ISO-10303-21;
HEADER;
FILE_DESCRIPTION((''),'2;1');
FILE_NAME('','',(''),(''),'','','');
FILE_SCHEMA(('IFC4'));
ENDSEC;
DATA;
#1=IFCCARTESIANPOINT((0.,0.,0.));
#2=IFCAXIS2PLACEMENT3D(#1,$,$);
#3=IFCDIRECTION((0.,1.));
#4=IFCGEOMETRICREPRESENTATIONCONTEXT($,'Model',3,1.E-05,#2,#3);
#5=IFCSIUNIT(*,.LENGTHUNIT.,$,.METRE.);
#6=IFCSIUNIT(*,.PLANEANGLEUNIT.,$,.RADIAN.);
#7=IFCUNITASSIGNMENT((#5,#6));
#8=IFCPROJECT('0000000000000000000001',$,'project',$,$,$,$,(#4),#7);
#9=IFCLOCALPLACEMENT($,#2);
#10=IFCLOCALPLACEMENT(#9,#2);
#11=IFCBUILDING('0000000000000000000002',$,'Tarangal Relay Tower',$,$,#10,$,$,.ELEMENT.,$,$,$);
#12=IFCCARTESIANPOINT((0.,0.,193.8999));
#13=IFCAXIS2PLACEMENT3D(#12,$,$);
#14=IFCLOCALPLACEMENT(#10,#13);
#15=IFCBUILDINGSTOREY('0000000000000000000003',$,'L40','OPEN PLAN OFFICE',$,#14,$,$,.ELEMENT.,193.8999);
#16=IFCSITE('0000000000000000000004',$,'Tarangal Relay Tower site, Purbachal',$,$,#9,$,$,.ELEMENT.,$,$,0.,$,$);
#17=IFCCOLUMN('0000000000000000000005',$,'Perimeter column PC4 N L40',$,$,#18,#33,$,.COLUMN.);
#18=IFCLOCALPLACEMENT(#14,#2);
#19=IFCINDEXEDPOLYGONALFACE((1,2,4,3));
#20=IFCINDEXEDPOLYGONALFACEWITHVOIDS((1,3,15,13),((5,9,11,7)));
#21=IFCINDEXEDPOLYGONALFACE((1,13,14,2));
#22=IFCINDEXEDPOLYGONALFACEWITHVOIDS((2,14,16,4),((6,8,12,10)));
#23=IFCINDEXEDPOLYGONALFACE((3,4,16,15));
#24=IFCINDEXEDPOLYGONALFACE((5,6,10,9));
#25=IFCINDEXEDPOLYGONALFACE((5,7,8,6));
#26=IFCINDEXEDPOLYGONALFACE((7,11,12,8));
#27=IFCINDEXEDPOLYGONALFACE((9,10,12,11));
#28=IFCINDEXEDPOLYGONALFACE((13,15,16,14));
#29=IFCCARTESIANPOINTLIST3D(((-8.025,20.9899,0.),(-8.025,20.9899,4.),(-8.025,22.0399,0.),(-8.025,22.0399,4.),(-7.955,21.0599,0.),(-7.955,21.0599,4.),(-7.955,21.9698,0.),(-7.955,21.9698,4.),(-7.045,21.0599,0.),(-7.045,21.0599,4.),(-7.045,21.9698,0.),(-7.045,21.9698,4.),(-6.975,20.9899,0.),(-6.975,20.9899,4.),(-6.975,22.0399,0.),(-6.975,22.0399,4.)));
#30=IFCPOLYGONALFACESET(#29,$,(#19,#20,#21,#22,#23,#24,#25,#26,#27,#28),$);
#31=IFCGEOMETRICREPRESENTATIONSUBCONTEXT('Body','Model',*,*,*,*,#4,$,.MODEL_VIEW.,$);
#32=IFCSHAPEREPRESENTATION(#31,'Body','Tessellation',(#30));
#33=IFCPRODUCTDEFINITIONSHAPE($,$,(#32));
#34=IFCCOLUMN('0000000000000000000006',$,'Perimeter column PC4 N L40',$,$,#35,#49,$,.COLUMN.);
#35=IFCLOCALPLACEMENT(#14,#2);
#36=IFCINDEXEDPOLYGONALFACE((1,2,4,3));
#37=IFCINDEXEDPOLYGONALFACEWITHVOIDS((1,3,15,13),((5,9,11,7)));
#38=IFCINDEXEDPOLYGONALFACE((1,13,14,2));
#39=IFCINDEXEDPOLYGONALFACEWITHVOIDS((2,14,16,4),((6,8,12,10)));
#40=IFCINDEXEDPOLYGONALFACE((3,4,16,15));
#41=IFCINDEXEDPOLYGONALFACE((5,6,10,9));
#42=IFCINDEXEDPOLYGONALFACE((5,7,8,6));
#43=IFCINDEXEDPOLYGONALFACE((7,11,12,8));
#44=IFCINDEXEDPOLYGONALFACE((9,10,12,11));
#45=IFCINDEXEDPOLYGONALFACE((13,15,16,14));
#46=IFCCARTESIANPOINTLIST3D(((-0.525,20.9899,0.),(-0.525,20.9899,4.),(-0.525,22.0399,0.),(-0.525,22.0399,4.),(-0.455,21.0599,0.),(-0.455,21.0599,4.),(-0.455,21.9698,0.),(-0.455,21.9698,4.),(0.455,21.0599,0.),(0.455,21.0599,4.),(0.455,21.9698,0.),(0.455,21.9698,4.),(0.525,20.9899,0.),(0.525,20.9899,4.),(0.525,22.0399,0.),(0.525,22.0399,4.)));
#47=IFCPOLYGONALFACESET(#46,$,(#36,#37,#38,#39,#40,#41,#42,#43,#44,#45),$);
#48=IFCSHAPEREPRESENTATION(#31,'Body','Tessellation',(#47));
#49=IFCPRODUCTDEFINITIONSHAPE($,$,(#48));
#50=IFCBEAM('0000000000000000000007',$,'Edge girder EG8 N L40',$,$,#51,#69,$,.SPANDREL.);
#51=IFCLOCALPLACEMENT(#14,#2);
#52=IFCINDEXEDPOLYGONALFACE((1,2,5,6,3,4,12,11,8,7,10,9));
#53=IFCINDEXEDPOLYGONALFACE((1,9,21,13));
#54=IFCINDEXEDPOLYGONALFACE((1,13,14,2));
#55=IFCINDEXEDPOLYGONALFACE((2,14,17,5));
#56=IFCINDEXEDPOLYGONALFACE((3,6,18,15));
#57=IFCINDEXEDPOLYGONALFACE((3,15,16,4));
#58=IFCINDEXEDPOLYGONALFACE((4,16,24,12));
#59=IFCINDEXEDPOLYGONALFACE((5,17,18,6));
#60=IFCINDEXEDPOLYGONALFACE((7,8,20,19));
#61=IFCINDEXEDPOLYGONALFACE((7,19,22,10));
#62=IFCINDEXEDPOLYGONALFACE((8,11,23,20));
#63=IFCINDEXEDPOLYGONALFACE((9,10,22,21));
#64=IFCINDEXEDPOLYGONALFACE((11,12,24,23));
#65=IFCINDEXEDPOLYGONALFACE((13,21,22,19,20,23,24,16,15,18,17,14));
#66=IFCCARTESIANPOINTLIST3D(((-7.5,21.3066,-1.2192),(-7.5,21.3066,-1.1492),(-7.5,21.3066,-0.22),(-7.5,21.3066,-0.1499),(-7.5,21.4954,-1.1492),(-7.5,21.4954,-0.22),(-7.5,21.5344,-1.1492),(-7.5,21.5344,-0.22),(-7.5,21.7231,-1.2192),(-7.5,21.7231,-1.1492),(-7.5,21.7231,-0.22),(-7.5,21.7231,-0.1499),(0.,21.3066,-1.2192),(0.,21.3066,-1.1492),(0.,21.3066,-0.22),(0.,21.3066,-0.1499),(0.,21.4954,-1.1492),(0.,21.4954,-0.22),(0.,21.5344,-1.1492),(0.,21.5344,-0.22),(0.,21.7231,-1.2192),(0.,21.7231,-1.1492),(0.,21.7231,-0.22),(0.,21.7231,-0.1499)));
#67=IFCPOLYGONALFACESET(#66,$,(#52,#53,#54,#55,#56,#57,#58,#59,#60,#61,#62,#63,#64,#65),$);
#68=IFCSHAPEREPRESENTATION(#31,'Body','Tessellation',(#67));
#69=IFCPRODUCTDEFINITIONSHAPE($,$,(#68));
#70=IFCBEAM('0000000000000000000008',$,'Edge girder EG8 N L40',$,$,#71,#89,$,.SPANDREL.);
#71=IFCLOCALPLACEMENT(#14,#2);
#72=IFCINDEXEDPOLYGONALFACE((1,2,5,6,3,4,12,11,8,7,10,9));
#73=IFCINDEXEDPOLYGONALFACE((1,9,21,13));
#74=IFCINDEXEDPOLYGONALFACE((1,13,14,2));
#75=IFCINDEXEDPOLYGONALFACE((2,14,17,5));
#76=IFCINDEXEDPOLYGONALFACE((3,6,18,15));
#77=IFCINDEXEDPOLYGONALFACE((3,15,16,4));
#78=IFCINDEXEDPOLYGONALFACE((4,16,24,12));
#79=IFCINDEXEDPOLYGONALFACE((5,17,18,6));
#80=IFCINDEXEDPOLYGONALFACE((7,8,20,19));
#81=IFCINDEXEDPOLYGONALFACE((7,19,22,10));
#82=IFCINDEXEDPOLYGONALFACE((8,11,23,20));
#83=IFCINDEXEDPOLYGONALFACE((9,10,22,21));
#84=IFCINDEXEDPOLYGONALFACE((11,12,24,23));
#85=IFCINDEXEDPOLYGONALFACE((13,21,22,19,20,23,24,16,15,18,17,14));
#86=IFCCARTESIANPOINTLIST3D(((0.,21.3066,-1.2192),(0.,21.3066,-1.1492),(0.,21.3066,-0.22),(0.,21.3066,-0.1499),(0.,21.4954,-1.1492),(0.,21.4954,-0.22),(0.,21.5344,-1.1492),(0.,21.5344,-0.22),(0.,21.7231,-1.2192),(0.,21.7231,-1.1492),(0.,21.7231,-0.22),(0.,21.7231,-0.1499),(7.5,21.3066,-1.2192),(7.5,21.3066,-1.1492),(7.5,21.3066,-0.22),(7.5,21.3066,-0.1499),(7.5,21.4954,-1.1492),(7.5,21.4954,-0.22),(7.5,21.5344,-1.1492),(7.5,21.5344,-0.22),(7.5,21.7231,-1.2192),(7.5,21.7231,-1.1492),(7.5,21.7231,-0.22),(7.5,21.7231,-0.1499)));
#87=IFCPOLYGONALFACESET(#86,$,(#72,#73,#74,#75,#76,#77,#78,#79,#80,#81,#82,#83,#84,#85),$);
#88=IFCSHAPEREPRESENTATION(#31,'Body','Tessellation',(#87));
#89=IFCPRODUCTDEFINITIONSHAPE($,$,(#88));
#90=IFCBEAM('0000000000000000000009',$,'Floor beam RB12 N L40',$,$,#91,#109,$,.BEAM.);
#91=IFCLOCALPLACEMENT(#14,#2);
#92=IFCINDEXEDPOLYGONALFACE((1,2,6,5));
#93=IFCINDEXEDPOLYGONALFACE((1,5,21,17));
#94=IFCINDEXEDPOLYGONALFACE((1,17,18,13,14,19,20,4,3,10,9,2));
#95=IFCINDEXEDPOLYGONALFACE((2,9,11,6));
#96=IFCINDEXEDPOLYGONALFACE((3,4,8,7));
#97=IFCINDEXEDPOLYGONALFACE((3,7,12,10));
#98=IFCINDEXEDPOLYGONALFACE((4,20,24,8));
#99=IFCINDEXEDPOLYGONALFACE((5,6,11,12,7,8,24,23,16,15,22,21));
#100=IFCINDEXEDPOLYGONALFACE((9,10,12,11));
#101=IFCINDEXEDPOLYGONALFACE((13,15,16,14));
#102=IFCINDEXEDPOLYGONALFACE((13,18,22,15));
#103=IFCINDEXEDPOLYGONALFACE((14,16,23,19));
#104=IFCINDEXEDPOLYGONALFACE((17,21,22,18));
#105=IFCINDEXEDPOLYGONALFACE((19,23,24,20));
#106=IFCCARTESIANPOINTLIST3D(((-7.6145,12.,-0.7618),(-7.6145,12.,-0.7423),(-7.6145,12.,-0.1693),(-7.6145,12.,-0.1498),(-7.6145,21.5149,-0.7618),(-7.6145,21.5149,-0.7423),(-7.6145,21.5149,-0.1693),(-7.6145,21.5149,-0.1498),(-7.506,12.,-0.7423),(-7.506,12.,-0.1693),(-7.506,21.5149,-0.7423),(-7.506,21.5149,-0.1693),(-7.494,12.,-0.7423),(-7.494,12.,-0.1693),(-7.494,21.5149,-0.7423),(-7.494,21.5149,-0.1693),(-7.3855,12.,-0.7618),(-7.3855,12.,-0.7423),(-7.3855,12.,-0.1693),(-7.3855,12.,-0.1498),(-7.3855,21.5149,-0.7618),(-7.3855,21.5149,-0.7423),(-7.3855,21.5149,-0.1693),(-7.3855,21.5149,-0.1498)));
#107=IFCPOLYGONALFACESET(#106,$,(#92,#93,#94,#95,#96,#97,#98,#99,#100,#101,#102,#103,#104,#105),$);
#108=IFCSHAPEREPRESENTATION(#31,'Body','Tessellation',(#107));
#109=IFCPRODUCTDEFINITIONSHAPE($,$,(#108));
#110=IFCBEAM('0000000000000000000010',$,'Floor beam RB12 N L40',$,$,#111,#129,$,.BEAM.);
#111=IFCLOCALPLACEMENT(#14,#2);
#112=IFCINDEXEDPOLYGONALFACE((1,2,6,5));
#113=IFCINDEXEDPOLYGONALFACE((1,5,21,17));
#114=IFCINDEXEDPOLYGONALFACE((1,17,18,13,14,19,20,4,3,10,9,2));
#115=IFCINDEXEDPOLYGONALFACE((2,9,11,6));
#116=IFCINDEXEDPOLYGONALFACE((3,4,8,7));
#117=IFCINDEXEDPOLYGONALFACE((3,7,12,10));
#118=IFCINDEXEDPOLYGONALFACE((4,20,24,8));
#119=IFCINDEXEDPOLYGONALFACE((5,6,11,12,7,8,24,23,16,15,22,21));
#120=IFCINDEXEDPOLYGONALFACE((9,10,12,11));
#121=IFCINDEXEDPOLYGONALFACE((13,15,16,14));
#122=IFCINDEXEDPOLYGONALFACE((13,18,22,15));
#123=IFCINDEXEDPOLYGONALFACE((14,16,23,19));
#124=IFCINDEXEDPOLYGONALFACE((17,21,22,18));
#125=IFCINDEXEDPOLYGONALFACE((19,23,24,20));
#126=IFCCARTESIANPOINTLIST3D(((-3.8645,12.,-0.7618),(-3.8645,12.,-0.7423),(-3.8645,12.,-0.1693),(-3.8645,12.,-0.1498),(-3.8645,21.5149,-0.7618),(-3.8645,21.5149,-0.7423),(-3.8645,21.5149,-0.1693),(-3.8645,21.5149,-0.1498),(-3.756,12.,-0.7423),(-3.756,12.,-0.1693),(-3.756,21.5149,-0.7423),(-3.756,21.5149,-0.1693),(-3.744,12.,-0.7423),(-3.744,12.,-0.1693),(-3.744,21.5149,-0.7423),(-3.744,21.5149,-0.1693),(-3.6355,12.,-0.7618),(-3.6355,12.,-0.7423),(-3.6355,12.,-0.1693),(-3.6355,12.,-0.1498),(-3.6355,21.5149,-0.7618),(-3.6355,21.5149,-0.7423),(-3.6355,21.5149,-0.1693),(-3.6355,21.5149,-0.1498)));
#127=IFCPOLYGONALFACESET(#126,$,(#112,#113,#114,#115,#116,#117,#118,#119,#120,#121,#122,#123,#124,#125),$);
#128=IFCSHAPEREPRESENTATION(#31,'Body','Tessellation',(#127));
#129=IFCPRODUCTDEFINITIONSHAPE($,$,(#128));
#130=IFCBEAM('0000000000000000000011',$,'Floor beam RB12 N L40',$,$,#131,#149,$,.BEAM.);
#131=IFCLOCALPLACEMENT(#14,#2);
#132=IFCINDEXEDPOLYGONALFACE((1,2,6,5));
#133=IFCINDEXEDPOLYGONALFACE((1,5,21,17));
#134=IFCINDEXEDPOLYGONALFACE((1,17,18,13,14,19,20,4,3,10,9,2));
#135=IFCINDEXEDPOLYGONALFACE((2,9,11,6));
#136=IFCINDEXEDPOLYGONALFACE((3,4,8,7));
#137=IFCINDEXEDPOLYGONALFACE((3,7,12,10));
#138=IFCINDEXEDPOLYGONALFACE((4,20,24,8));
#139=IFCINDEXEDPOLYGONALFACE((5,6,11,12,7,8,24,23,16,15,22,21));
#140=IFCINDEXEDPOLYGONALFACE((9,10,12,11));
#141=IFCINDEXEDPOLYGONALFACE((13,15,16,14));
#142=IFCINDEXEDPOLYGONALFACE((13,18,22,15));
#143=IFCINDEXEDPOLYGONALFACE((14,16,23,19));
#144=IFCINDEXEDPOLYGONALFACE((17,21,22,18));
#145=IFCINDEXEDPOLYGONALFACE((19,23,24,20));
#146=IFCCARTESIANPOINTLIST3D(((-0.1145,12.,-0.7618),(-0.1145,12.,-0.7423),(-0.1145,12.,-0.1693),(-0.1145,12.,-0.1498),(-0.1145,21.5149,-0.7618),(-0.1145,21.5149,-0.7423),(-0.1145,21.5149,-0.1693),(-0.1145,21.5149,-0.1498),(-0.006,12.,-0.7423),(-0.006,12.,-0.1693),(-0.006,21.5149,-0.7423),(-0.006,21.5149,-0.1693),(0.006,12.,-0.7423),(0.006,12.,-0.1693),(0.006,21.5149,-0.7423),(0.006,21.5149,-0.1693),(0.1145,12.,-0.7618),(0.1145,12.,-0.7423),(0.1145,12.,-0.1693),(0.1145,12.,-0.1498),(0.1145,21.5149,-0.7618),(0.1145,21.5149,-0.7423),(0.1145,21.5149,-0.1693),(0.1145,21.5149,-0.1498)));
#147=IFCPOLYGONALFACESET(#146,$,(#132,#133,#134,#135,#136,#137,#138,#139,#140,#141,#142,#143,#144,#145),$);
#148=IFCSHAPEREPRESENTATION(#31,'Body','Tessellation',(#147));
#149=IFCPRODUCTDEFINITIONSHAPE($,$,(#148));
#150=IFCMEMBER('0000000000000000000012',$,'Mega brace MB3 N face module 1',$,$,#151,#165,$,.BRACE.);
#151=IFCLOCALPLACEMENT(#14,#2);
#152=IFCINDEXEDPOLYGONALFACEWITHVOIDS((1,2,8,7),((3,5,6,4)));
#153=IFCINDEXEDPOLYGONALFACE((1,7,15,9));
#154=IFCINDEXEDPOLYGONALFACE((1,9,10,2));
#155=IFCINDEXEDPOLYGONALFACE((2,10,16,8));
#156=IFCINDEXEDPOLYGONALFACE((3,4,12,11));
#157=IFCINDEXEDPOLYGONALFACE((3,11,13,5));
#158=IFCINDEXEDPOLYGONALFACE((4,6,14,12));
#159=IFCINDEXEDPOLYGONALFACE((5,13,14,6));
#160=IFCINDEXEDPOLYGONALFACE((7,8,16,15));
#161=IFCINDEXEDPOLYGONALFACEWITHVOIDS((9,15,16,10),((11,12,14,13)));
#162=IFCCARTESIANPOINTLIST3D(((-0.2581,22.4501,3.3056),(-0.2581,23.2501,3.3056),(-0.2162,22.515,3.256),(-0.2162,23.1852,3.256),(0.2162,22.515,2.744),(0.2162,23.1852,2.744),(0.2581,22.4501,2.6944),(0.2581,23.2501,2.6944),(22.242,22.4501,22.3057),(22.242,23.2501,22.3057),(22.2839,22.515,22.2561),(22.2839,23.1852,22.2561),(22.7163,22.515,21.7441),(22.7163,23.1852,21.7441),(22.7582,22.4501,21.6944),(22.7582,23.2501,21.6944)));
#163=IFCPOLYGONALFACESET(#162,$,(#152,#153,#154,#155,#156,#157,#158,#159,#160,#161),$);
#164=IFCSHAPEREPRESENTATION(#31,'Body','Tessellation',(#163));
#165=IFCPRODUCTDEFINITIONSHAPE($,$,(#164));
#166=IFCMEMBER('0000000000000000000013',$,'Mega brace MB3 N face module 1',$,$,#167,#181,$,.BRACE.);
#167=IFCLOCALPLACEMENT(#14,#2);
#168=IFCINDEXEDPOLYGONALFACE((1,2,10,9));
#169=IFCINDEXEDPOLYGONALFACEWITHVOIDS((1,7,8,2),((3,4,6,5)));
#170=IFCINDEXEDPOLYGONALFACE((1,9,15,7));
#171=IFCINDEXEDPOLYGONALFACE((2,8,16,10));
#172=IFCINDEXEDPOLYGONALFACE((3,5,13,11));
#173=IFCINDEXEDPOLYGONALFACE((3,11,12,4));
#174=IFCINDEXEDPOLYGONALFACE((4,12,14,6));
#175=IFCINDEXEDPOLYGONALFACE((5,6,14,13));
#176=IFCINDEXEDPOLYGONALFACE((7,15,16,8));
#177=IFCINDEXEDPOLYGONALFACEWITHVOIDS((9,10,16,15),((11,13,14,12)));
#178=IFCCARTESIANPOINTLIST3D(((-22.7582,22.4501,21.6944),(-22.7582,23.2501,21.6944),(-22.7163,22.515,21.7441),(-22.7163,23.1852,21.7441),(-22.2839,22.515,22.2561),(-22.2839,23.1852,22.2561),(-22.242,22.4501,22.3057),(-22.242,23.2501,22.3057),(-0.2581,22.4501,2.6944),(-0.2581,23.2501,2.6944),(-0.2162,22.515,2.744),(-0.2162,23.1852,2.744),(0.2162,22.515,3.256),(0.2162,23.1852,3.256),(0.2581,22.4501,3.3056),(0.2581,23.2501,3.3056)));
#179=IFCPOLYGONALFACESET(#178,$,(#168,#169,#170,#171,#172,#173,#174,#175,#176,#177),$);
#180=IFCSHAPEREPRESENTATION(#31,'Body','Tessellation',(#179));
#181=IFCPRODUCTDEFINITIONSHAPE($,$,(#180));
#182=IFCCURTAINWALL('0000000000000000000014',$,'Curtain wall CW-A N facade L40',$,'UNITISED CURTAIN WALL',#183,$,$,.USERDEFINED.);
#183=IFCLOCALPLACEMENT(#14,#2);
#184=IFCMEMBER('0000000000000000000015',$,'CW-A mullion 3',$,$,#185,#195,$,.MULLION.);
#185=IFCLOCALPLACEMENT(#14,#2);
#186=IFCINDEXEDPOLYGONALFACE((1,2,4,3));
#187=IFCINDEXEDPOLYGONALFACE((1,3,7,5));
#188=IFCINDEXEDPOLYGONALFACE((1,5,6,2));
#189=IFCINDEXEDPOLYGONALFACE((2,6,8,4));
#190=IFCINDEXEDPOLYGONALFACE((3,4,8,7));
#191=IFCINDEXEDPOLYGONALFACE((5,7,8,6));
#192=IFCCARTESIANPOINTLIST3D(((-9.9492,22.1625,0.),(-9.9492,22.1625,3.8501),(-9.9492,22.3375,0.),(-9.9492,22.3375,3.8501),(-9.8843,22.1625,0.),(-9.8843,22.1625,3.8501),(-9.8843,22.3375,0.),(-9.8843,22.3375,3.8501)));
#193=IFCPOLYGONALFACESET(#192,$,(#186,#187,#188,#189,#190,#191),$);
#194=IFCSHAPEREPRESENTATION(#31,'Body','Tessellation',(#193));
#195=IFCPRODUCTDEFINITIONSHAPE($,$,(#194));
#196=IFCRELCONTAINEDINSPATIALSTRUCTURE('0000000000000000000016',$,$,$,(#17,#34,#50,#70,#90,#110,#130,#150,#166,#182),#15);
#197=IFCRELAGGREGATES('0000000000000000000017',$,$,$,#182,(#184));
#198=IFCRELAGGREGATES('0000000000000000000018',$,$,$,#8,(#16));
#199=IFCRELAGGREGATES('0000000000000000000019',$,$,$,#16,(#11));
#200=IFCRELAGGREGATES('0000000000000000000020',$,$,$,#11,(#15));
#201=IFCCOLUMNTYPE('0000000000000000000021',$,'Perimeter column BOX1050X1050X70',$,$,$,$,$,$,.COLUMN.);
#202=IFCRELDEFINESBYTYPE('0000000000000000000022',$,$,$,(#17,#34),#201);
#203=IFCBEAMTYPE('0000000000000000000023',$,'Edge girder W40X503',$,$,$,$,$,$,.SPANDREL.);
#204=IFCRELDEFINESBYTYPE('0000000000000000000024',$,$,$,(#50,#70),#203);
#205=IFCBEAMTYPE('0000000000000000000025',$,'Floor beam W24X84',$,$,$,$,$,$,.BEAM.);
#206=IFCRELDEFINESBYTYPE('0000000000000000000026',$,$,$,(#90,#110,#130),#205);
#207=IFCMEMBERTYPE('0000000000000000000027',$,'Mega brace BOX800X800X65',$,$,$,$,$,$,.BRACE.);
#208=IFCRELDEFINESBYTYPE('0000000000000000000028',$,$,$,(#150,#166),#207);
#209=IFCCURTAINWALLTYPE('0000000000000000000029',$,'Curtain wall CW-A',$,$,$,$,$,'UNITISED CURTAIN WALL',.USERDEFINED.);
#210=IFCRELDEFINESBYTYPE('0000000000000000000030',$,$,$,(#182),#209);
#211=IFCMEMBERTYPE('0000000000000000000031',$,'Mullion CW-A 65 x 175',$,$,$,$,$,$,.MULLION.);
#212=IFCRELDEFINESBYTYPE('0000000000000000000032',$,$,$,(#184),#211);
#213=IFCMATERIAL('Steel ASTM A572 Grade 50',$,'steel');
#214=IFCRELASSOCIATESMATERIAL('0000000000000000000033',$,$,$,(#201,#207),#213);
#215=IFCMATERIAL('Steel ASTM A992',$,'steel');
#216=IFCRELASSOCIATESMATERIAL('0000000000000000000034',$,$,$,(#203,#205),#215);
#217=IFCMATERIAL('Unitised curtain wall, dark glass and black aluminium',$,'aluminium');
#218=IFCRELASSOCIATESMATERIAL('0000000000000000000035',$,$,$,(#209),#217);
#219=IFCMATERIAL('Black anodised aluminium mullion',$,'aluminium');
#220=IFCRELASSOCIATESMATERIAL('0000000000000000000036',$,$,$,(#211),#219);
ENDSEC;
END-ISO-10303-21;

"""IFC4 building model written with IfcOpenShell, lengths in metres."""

from ifc_helpers import new_model, si_unit, direction, frame, origin, origin_2d, place, context, subcontext, project, spatial, rectangle, hollow_rectangle, i_section, extrude, material, material_profile, profile_set, type_object, element, aggregate, save


model = new_model("IFC4")

# Units and contexts
model_context = context("Model", 3, precision=1e-05, world=origin(), true_north=direction((0.0, 1.0)))
body_context = subcontext(model_context, "Body", "Model", "MODEL_VIEW")
ifc_project = project(units=[si_unit("LENGTHUNIT", "METRE"), si_unit("PLANEANGLEUNIT", "RADIAN")], contexts=[model_context])

# Site, building, storey
site_placement = place(None, origin())
site = spatial("IfcSite", under=ifc_project, at=site_placement, Name="Tarangal Relay Tower site, Purbachal", CompositionType="ELEMENT", RefElevation=0.0)
building_placement = place(site_placement, origin())
building = spatial("IfcBuilding", under=site, at=building_placement, Name="Tarangal Relay Tower", CompositionType="ELEMENT")
storey_placement = place(building_placement, frame((0.0, 0.0, 193.8999)))
storey = spatial("IfcBuildingStorey", under=building, at=storey_placement, Name="L40", Description="OPEN PLAN OFFICE", CompositionType="ELEMENT", Elevation=193.8999)

# Columns
ifc_material_1 = material(Name="Steel ASTM A572 Grade 50", Category="steel")
ifc_material_profile_1 = material_profile(ifc_material_1, hollow_rectangle(XDim=1.05, YDim=1.05, WallThickness=0.0701, at=origin_2d()), Name="BOX1050X1050X70")
ifc_profile_set_1 = profile_set([ifc_material_profile_1], Name="Steel ASTM A572 Grade 50")
column_type = type_object("IfcColumnType", Name="Perimeter column BOX1050X1050X70", PredefinedType="COLUMN", material=ifc_profile_set_1)
for number, where, z_axis, x_axis, name in (
    (1, (-7.5, 21.5149, 0.0), (0.0, 0.0, 1.0), (1.0, 0.0, 0.0), "Perimeter column PC4 N L40"),
    (2, (0.0, 21.5149, 0.0), (0.0, 0.0, 1.0), (1.0, 0.0, 0.0), "Perimeter column PC4 N L40"),
):
    element("IfcColumn", number, at=place(storey_placement, frame(where, z_axis=z_axis, x_axis=x_axis)), inside=storey, type_object=column_type, Name=name, PredefinedType="COLUMN", context=body_context, shape_type="SweptSolid", body=[
        extrude(hollow_rectangle(XDim=1.05, YDim=1.05, WallThickness=0.0701, at=origin_2d()), origin(), (0.0, 0.0, 1.0), 4.0),
    ])

# Beams
ifc_material_2 = material(Name="Steel ASTM A992", Category="steel")
ifc_material_profile_2 = material_profile(ifc_material_2, i_section(OverallWidth=0.4165, OverallDepth=1.0693, WebThickness=0.0391, FlangeThickness=0.0701, at=origin_2d()), Name="W40X503")
ifc_profile_set_2 = profile_set([ifc_material_profile_2], Name="Steel ASTM A992")
beam_type_1 = type_object("IfcBeamType", Name="Edge girder W40X503", PredefinedType="SPANDREL", material=ifc_profile_set_2)
for number, where, z_axis, x_axis, name in (
    (3, (-7.5, 21.5149, -0.6846), (1.0, 0.0, 0.0), (0.0, 1.0, 0.0), "Edge girder EG8 N L40"),
    (4, (0.0, 21.5149, -0.6846), (1.0, 0.0, 0.0), (0.0, 1.0, 0.0), "Edge girder EG8 N L40"),
):
    element("IfcBeam", number, at=place(storey_placement, frame(where, z_axis=z_axis, x_axis=x_axis)), inside=storey, type_object=beam_type_1, Name=name, PredefinedType="SPANDREL", context=body_context, shape_type="SweptSolid", body=[
        extrude(i_section(OverallWidth=0.4165, OverallDepth=1.0693, WebThickness=0.0391, FlangeThickness=0.0701, at=origin_2d()), origin(), (0.0, 0.0, 1.0), 7.5),
    ])
ifc_material_profile_3 = material_profile(ifc_material_2, i_section(OverallWidth=0.229, OverallDepth=0.6121, WebThickness=0.012, FlangeThickness=0.0195, at=origin_2d()), Name="W24X84")
ifc_profile_set_3 = profile_set([ifc_material_profile_3], Name="Steel ASTM A992")
beam_type_2 = type_object("IfcBeamType", Name="Floor beam W24X84", PredefinedType="BEAM", material=ifc_profile_set_3)
for number, where, z_axis, x_axis, name in (
    (5, (-7.5, 12.0, -0.4558), (0.0, 1.0, 0.0), (-1.0, 0.0, 0.0), "Floor beam RB12 N L40"),
    (6, (-3.75, 12.0, -0.4558), (0.0, 1.0, 0.0), (-1.0, 0.0, 0.0), "Floor beam RB12 N L40"),
    (7, (0.0, 12.0, -0.4558), (0.0, 1.0, 0.0), (-1.0, 0.0, 0.0), "Floor beam RB12 N L40"),
):
    element("IfcBeam", number, at=place(storey_placement, frame(where, z_axis=z_axis, x_axis=x_axis)), inside=storey, type_object=beam_type_2, Name=name, PredefinedType="BEAM", context=body_context, shape_type="SweptSolid", body=[
        extrude(i_section(OverallWidth=0.229, OverallDepth=0.6121, WebThickness=0.012, FlangeThickness=0.0195, at=origin_2d()), origin(), (0.0, 0.0, 1.0), 9.5149),
    ])

# Members
ifc_material_profile_4 = material_profile(ifc_material_1, hollow_rectangle(XDim=0.8, YDim=0.8, WallThickness=0.0649, at=origin_2d()), Name="BOX800X800X65")
ifc_profile_set_4 = profile_set([ifc_material_profile_4], Name="Steel ASTM A572 Grade 50")
member_type_1 = type_object("IfcMemberType", Name="Mega brace BOX800X800X65", PredefinedType="BRACE", material=ifc_profile_set_4)
for number, where, z_axis, x_axis, name in (
    (8, (0.0, 22.8501, 3.0), (0.76403, 0.0, 0.645181), (0.0, 1.0, 0.0), "Mega brace MB3 N face module 1"),
    (9, (0.0, 22.8501, 3.0), (-0.76403, 0.0, 0.645181), (0.0, -1.0, 0.0), "Mega brace MB3 N face module 1"),
):
    element("IfcMember", number, at=place(storey_placement, frame(where, z_axis=z_axis, x_axis=x_axis)), inside=storey, type_object=member_type_1, Name=name, PredefinedType="BRACE", context=body_context, shape_type="SweptSolid", body=[
        extrude(hollow_rectangle(XDim=0.8, YDim=0.8, WallThickness=0.0649, at=origin_2d()), origin(), (0.0, 0.0, 1.0), 29.4492),
    ])

# Curtain wall, member
ifc_material_3 = material(Name="Unitised curtain wall, dark glass and black aluminium", Category="aluminium")
curtain_wall_type_1 = type_object("IfcCurtainWallType", Name="Curtain wall CW-A", ElementType="UNITISED CURTAIN WALL", PredefinedType="USERDEFINED", material=ifc_material_3)
curtain_wall_1_placement = place(storey_placement, origin())
curtain_wall_1 = element("IfcCurtainWall", 10, at=curtain_wall_1_placement, inside=storey, type_object=curtain_wall_type_1, Name="Curtain wall CW-A N facade L40", ObjectType="UNITISED CURTAIN WALL", PredefinedType="USERDEFINED")
ifc_material_4 = material(Name="Black anodised aluminium mullion", Category="aluminium")
ifc_material_profile_5 = material_profile(ifc_material_4, rectangle(XDim=0.175, YDim=0.0649, at=origin_2d()), Name="CW-AM 65X175")
ifc_profile_set_5 = profile_set([ifc_material_profile_5], Name="Black anodised aluminium mullion")
member_type_2 = type_object("IfcMemberType", Name="Mullion CW-A 65 x 175", PredefinedType="MULLION", material=ifc_profile_set_5)
member_1_placement = place(storey_placement, frame((-9.9167, 22.25, 0.0), z_axis=(0.0, 0.0, 1.0), x_axis=(0.0, 1.0, 0.0)))
member_1 = element("IfcMember", 11, at=member_1_placement, type_object=member_type_2, Name="CW-A mullion 3", PredefinedType="MULLION", context=body_context, shape_type="SweptSolid", body=[
    extrude(rectangle(XDim=0.175, YDim=0.0649, at=origin_2d()), origin(), (0.0, 0.0, 1.0), 3.8501),
])

aggregate(curtain_wall_1, [member_1])

save(model, "model.ifc")
